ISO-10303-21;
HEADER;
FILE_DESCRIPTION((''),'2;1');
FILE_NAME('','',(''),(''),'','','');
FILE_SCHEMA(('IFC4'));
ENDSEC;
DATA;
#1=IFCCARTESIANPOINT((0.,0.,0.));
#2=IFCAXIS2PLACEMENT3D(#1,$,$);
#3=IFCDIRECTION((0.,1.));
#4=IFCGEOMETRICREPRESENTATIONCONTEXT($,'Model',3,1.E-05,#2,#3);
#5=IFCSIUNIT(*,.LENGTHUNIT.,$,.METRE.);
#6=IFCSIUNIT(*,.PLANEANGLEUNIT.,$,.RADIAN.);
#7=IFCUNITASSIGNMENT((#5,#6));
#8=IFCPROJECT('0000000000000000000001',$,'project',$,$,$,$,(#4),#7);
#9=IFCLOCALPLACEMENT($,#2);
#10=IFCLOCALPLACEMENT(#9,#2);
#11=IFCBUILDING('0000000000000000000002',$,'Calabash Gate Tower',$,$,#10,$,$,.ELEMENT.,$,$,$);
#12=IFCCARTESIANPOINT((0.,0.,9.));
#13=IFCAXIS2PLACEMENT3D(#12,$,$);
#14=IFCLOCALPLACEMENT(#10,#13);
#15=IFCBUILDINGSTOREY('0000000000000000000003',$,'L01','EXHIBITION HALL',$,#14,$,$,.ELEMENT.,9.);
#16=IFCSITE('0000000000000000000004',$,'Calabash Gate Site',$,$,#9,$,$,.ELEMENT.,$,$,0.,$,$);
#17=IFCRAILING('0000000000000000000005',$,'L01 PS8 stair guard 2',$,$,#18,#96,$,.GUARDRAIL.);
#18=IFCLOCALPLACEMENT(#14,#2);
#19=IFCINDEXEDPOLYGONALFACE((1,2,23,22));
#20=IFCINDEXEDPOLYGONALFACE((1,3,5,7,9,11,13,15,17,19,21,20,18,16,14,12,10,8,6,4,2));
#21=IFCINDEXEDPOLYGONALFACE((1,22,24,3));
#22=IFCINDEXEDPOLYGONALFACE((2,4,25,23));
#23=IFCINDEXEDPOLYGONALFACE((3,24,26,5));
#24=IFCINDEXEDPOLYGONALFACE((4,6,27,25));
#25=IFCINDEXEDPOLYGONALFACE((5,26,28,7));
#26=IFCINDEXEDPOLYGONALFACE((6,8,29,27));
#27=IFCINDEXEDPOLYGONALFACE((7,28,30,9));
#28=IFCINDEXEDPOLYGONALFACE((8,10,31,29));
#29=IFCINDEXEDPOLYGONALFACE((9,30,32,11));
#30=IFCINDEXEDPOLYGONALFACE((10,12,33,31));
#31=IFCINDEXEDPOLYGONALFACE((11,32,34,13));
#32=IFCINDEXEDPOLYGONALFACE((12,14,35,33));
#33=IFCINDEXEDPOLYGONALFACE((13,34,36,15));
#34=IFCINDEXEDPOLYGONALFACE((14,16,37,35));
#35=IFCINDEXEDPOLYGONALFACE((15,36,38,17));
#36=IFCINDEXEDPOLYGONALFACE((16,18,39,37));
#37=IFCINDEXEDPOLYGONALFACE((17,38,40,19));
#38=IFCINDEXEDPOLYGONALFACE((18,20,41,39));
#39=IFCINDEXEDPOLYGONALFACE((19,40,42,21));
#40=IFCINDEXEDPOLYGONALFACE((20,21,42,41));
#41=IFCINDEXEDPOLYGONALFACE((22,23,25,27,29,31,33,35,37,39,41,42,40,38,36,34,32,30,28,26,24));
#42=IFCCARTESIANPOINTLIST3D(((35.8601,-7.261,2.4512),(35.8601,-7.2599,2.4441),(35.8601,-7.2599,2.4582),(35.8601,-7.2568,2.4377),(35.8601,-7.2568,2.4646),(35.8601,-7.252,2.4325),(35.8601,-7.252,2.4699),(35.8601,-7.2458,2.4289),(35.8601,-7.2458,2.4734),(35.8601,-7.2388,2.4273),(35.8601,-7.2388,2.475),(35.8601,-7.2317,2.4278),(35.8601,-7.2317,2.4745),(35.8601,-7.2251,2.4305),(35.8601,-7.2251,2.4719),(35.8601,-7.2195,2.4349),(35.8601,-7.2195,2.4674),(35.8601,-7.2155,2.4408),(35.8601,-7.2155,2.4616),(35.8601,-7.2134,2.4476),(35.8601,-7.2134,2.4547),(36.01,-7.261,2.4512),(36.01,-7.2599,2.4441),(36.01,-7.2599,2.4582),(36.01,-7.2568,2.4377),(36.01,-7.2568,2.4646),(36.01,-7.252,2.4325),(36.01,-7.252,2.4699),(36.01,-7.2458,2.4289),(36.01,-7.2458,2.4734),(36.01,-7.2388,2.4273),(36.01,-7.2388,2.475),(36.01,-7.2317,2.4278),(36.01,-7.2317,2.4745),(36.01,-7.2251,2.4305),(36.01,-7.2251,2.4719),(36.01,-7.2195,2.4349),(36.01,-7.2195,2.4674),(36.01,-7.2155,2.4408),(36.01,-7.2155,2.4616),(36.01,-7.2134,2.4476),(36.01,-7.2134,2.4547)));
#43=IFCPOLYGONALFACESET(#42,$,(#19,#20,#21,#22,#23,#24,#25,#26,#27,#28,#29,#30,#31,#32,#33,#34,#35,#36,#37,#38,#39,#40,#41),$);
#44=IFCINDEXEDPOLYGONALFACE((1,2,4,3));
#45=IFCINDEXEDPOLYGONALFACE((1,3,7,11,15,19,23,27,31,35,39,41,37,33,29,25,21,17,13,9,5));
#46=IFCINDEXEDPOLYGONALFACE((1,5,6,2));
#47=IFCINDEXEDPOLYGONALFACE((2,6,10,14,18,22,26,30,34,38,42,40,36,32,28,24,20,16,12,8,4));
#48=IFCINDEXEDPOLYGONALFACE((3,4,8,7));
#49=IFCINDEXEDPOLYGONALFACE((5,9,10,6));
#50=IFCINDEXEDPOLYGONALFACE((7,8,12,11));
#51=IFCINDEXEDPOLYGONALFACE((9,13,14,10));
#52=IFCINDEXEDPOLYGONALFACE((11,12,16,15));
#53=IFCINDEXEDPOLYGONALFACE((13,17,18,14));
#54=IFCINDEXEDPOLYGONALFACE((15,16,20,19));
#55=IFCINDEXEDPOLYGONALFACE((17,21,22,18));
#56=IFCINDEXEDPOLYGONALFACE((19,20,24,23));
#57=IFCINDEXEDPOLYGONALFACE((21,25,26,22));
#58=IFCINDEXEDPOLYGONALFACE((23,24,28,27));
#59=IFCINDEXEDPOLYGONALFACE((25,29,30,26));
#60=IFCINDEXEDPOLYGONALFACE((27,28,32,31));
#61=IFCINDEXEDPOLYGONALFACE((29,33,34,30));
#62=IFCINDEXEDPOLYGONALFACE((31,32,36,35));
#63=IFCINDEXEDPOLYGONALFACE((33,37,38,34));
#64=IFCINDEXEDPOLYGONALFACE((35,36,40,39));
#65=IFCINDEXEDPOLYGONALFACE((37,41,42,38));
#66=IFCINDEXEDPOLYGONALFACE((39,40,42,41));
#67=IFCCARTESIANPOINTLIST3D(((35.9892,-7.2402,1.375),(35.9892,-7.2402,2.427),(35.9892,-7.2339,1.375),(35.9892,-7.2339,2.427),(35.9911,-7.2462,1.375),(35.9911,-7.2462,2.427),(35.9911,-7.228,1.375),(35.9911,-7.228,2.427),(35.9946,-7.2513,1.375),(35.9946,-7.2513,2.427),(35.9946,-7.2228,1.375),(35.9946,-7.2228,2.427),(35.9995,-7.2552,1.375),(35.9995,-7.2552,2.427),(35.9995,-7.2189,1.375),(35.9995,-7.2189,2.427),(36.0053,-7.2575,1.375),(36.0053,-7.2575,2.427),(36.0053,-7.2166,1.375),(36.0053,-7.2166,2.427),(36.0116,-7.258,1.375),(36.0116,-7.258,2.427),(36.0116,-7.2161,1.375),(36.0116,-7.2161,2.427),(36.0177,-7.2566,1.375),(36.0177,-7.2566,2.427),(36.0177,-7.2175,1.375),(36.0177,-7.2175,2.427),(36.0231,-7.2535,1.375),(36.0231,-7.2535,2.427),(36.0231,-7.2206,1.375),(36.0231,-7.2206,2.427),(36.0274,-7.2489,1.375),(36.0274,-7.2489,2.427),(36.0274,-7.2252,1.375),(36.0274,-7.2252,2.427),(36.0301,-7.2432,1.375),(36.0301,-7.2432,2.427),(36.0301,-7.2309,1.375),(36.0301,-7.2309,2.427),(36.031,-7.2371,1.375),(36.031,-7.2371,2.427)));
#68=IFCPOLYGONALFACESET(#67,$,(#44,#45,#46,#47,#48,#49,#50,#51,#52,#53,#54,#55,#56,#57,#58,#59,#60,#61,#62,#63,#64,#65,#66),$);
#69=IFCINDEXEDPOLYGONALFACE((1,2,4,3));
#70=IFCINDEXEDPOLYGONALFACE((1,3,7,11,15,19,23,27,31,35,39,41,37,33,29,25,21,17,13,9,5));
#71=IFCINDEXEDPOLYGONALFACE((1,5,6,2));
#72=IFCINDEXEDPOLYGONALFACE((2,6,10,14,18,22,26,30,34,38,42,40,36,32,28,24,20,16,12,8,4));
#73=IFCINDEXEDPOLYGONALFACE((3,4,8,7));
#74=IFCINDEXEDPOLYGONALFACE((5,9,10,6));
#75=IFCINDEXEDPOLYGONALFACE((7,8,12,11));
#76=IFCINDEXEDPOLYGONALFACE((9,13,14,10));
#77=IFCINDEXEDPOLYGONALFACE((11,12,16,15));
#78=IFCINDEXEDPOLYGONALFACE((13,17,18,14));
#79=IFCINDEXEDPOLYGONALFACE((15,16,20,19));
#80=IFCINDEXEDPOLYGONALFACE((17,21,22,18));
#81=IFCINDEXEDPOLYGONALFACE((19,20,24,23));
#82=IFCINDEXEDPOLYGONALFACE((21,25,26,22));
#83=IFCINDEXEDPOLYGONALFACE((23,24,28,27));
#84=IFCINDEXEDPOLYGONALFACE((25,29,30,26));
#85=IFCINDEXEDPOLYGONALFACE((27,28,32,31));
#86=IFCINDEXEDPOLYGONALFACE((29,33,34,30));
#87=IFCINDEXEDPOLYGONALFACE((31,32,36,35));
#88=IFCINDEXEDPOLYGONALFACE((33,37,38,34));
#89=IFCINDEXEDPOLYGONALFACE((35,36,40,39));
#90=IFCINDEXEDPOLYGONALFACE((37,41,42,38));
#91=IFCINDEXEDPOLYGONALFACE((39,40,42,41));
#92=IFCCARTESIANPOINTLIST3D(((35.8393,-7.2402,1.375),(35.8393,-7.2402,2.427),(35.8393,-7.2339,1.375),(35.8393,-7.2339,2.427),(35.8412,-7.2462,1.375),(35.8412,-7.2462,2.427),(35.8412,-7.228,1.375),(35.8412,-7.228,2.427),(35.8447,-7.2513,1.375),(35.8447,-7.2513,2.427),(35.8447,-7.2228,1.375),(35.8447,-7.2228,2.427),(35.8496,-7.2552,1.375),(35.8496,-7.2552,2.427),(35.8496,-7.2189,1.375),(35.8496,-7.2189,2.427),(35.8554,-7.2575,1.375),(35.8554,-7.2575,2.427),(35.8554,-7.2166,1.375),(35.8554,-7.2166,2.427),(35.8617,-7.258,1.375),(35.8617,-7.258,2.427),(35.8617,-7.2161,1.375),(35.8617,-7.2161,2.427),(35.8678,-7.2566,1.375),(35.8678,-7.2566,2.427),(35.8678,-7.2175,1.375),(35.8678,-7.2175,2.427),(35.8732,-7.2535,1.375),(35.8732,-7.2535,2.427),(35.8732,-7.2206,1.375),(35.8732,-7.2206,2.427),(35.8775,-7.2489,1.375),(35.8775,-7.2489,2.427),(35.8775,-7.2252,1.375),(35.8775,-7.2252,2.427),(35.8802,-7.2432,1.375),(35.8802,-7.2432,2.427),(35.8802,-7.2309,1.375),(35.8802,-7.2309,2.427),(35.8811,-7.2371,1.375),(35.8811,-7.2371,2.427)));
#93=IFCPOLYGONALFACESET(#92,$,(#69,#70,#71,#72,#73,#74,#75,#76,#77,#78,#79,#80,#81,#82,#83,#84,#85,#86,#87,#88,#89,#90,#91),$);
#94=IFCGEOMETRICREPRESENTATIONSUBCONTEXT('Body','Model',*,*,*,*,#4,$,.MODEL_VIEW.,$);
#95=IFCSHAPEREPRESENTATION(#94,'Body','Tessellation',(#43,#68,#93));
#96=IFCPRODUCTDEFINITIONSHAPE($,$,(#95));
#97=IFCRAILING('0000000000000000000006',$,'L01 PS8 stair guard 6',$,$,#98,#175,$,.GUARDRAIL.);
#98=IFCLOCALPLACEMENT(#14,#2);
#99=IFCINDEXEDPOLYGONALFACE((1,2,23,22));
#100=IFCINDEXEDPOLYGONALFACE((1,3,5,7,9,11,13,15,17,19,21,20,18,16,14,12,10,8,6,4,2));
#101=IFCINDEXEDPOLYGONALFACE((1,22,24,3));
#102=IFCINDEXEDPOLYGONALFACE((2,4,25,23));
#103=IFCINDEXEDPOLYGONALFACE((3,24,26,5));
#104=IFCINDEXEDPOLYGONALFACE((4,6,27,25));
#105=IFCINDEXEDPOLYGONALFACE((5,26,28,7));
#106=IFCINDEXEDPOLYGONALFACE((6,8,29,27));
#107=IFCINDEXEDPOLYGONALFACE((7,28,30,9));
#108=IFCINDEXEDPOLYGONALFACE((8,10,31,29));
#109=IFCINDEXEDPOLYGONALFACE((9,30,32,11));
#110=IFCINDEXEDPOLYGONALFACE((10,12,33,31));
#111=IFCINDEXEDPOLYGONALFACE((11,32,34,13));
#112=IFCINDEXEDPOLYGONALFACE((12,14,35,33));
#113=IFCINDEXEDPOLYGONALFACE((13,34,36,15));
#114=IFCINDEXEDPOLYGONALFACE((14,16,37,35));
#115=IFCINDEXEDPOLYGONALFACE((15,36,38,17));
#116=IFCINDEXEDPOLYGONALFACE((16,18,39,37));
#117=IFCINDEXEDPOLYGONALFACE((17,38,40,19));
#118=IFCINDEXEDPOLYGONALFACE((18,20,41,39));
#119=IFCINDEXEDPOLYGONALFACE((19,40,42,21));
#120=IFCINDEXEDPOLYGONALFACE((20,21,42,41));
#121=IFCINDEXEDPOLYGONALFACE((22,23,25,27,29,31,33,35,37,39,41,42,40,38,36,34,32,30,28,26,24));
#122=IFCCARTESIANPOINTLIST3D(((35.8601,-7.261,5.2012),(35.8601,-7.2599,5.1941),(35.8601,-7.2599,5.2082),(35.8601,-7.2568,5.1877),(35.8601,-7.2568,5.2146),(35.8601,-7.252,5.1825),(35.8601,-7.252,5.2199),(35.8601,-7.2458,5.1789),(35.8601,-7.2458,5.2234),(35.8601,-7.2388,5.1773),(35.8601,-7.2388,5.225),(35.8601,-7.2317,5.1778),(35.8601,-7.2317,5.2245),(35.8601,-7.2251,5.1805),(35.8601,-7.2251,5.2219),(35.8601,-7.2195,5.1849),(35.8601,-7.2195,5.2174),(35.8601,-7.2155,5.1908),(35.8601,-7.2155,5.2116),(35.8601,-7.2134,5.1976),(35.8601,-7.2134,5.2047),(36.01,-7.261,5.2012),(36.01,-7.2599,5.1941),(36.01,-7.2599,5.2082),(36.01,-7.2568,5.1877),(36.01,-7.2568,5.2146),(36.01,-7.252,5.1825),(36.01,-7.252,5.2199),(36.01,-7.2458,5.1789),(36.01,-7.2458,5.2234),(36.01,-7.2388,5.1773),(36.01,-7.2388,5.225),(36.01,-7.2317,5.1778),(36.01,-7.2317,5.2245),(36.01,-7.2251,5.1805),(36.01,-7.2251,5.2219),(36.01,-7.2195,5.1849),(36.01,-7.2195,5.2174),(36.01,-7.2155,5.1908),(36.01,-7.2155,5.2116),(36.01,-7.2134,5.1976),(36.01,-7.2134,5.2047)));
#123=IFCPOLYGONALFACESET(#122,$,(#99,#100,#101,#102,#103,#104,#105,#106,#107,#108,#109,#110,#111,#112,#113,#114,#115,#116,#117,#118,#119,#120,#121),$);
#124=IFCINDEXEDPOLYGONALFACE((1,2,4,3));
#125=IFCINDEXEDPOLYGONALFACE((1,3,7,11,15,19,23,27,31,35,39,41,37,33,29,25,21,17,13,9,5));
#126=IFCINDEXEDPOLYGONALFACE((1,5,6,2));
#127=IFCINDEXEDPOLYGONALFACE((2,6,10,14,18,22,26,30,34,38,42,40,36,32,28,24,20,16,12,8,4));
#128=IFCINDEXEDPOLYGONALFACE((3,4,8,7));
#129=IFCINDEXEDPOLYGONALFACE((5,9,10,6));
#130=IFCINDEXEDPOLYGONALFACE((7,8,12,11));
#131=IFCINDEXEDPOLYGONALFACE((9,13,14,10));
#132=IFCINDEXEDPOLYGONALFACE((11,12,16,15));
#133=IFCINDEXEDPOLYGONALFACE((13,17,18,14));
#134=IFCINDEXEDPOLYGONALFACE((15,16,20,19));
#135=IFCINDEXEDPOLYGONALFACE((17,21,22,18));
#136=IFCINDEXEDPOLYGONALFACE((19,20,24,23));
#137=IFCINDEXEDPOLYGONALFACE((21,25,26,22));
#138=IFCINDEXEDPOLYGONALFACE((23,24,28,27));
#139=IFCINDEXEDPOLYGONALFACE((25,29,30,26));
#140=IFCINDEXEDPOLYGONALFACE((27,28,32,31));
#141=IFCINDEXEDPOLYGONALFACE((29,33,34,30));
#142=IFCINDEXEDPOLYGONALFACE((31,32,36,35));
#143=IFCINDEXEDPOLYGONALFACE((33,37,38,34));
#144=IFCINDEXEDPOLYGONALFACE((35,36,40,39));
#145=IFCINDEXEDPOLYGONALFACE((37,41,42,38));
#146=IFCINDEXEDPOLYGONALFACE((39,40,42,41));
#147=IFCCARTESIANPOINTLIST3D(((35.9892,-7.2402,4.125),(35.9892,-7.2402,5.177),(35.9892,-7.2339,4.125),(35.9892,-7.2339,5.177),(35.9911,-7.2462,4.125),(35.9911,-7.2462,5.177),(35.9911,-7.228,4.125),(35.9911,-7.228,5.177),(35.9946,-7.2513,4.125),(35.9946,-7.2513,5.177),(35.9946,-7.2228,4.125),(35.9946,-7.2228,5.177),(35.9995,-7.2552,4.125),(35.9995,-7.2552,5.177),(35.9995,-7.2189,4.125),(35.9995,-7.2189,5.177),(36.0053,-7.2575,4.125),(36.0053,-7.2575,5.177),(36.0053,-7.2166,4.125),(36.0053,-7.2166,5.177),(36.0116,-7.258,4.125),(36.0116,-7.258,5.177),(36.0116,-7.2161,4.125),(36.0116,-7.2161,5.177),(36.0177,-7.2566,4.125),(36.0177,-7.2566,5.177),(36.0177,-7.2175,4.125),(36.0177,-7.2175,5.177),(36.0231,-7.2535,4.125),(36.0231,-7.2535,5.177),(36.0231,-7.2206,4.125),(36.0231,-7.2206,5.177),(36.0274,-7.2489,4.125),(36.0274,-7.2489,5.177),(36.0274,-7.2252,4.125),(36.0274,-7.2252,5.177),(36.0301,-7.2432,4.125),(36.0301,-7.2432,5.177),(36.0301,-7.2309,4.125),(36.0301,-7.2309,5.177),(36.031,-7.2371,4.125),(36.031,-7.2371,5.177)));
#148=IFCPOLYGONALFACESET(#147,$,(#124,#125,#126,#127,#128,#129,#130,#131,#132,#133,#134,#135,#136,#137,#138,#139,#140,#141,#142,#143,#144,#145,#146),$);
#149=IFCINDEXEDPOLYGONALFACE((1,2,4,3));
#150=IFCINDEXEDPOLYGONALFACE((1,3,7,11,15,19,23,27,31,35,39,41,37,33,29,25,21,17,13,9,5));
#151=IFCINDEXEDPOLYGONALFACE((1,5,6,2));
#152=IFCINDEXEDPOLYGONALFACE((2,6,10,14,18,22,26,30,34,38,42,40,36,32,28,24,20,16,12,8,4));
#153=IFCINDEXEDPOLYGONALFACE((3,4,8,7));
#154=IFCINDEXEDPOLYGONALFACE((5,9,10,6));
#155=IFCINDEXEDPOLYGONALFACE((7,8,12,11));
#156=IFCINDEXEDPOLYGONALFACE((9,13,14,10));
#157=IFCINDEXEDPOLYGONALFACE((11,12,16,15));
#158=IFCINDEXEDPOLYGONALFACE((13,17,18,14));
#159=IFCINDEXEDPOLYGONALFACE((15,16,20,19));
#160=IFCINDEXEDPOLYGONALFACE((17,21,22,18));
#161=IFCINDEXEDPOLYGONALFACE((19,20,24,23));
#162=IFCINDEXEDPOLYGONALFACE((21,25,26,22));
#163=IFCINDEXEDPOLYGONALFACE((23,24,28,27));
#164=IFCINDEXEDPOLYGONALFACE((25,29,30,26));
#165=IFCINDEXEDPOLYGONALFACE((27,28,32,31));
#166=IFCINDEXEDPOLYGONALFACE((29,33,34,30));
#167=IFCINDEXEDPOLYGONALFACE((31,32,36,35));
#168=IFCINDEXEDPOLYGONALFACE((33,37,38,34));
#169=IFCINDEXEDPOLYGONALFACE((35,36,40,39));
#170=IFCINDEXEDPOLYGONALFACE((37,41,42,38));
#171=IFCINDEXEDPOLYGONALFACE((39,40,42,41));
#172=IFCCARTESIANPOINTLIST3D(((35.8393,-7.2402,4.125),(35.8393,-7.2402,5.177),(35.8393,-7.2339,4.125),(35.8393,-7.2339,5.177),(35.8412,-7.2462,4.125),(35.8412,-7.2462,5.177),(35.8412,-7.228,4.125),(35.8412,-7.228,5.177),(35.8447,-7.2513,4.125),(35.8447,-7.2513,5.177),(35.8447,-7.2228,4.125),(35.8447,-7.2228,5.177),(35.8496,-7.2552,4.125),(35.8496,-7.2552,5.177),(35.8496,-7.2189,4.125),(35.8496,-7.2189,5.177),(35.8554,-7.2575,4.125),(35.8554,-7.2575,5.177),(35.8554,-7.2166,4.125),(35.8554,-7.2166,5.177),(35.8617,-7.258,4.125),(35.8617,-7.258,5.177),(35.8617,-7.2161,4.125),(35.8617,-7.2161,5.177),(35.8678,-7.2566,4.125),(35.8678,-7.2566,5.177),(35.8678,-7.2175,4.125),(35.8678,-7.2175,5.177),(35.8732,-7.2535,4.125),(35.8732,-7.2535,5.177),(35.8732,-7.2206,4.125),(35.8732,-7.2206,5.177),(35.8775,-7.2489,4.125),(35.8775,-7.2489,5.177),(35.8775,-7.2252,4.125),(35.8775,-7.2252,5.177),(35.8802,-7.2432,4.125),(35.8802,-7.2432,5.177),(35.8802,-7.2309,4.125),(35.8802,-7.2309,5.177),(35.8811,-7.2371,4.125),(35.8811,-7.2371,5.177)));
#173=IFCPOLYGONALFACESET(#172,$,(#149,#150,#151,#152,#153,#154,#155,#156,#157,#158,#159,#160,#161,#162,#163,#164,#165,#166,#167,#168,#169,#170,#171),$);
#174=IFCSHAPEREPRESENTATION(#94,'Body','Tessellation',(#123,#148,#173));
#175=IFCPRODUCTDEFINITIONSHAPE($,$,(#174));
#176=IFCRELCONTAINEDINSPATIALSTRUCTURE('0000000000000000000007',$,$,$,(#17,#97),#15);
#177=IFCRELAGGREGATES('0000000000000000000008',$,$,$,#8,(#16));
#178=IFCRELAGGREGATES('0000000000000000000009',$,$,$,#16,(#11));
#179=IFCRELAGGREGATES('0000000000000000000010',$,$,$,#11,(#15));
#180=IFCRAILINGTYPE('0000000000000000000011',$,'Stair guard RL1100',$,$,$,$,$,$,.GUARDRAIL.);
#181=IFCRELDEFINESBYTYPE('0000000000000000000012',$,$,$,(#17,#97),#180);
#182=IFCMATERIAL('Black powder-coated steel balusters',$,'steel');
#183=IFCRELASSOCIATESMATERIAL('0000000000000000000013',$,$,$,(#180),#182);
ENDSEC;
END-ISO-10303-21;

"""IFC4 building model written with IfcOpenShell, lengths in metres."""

from ifc_helpers import new_model, si_unit, direction, frame, origin, origin_2d, place, context, subcontext, project, spatial, circle, extrude, material, type_object, element, save


model = new_model("IFC4")

# Units and contexts
model_context = context("Model", 3, precision=1e-05, world=origin(), true_north=direction((0.0, 1.0)))
body_context = subcontext(model_context, "Body", "Model", "MODEL_VIEW")
ifc_project = project(units=[si_unit("LENGTHUNIT", "METRE"), si_unit("PLANEANGLEUNIT", "RADIAN")], contexts=[model_context])

# Site, building, storey
site_placement = place(None, origin())
site = spatial("IfcSite", under=ifc_project, at=site_placement, Name="Calabash Gate Site", CompositionType="ELEMENT", RefElevation=0.0)
building_placement = place(site_placement, origin())
building = spatial("IfcBuilding", under=site, at=building_placement, Name="Calabash Gate Tower", CompositionType="ELEMENT")
storey_placement = place(building_placement, frame((0.0, 0.0, 9.0)))
storey = spatial("IfcBuildingStorey", under=building, at=storey_placement, Name="L01", Description="EXHIBITION HALL", CompositionType="ELEMENT", Elevation=9.0)

# Railings
ifc_material_1 = material(Name="Black powder-coated steel balusters", Category="steel")
railing_type_1 = type_object("IfcRailingType", Name="Stair guard RL1100", PredefinedType="GUARDRAIL", material=ifc_material_1)
for number, where, name in (
    (1, (36.01, -7.2371, 1.375), "L01 PS8 stair guard 2"),
    (2, (36.01, -7.2371, 4.125), "L01 PS8 stair guard 6"),
):
    element("IfcRailing", number, at=place(storey_placement, frame(where)), inside=storey, type_object=railing_type_1, Name=name, PredefinedType="GUARDRAIL", context=body_context, shape_type="SweptSolid", body=[
        extrude(circle(Radius=0.0239, at=origin_2d()), frame((0.0, 0.0, 1.0762), z_axis=(-1.0, 0.0, 0.0), x_axis=(0.0, -1.0, 0.0)), (0.0, 0.0, 1.0), 0.1499),
        extrude(circle(Radius=0.021, at=origin_2d()), origin(), (0.0, 0.0, 1.0), 1.052),
        extrude(circle(Radius=0.021, at=origin_2d()), frame((-0.1499, 0.0, 0.0)), (0.0, 0.0, 1.0), 1.052),
    ])

save(model, "model.ifc")
